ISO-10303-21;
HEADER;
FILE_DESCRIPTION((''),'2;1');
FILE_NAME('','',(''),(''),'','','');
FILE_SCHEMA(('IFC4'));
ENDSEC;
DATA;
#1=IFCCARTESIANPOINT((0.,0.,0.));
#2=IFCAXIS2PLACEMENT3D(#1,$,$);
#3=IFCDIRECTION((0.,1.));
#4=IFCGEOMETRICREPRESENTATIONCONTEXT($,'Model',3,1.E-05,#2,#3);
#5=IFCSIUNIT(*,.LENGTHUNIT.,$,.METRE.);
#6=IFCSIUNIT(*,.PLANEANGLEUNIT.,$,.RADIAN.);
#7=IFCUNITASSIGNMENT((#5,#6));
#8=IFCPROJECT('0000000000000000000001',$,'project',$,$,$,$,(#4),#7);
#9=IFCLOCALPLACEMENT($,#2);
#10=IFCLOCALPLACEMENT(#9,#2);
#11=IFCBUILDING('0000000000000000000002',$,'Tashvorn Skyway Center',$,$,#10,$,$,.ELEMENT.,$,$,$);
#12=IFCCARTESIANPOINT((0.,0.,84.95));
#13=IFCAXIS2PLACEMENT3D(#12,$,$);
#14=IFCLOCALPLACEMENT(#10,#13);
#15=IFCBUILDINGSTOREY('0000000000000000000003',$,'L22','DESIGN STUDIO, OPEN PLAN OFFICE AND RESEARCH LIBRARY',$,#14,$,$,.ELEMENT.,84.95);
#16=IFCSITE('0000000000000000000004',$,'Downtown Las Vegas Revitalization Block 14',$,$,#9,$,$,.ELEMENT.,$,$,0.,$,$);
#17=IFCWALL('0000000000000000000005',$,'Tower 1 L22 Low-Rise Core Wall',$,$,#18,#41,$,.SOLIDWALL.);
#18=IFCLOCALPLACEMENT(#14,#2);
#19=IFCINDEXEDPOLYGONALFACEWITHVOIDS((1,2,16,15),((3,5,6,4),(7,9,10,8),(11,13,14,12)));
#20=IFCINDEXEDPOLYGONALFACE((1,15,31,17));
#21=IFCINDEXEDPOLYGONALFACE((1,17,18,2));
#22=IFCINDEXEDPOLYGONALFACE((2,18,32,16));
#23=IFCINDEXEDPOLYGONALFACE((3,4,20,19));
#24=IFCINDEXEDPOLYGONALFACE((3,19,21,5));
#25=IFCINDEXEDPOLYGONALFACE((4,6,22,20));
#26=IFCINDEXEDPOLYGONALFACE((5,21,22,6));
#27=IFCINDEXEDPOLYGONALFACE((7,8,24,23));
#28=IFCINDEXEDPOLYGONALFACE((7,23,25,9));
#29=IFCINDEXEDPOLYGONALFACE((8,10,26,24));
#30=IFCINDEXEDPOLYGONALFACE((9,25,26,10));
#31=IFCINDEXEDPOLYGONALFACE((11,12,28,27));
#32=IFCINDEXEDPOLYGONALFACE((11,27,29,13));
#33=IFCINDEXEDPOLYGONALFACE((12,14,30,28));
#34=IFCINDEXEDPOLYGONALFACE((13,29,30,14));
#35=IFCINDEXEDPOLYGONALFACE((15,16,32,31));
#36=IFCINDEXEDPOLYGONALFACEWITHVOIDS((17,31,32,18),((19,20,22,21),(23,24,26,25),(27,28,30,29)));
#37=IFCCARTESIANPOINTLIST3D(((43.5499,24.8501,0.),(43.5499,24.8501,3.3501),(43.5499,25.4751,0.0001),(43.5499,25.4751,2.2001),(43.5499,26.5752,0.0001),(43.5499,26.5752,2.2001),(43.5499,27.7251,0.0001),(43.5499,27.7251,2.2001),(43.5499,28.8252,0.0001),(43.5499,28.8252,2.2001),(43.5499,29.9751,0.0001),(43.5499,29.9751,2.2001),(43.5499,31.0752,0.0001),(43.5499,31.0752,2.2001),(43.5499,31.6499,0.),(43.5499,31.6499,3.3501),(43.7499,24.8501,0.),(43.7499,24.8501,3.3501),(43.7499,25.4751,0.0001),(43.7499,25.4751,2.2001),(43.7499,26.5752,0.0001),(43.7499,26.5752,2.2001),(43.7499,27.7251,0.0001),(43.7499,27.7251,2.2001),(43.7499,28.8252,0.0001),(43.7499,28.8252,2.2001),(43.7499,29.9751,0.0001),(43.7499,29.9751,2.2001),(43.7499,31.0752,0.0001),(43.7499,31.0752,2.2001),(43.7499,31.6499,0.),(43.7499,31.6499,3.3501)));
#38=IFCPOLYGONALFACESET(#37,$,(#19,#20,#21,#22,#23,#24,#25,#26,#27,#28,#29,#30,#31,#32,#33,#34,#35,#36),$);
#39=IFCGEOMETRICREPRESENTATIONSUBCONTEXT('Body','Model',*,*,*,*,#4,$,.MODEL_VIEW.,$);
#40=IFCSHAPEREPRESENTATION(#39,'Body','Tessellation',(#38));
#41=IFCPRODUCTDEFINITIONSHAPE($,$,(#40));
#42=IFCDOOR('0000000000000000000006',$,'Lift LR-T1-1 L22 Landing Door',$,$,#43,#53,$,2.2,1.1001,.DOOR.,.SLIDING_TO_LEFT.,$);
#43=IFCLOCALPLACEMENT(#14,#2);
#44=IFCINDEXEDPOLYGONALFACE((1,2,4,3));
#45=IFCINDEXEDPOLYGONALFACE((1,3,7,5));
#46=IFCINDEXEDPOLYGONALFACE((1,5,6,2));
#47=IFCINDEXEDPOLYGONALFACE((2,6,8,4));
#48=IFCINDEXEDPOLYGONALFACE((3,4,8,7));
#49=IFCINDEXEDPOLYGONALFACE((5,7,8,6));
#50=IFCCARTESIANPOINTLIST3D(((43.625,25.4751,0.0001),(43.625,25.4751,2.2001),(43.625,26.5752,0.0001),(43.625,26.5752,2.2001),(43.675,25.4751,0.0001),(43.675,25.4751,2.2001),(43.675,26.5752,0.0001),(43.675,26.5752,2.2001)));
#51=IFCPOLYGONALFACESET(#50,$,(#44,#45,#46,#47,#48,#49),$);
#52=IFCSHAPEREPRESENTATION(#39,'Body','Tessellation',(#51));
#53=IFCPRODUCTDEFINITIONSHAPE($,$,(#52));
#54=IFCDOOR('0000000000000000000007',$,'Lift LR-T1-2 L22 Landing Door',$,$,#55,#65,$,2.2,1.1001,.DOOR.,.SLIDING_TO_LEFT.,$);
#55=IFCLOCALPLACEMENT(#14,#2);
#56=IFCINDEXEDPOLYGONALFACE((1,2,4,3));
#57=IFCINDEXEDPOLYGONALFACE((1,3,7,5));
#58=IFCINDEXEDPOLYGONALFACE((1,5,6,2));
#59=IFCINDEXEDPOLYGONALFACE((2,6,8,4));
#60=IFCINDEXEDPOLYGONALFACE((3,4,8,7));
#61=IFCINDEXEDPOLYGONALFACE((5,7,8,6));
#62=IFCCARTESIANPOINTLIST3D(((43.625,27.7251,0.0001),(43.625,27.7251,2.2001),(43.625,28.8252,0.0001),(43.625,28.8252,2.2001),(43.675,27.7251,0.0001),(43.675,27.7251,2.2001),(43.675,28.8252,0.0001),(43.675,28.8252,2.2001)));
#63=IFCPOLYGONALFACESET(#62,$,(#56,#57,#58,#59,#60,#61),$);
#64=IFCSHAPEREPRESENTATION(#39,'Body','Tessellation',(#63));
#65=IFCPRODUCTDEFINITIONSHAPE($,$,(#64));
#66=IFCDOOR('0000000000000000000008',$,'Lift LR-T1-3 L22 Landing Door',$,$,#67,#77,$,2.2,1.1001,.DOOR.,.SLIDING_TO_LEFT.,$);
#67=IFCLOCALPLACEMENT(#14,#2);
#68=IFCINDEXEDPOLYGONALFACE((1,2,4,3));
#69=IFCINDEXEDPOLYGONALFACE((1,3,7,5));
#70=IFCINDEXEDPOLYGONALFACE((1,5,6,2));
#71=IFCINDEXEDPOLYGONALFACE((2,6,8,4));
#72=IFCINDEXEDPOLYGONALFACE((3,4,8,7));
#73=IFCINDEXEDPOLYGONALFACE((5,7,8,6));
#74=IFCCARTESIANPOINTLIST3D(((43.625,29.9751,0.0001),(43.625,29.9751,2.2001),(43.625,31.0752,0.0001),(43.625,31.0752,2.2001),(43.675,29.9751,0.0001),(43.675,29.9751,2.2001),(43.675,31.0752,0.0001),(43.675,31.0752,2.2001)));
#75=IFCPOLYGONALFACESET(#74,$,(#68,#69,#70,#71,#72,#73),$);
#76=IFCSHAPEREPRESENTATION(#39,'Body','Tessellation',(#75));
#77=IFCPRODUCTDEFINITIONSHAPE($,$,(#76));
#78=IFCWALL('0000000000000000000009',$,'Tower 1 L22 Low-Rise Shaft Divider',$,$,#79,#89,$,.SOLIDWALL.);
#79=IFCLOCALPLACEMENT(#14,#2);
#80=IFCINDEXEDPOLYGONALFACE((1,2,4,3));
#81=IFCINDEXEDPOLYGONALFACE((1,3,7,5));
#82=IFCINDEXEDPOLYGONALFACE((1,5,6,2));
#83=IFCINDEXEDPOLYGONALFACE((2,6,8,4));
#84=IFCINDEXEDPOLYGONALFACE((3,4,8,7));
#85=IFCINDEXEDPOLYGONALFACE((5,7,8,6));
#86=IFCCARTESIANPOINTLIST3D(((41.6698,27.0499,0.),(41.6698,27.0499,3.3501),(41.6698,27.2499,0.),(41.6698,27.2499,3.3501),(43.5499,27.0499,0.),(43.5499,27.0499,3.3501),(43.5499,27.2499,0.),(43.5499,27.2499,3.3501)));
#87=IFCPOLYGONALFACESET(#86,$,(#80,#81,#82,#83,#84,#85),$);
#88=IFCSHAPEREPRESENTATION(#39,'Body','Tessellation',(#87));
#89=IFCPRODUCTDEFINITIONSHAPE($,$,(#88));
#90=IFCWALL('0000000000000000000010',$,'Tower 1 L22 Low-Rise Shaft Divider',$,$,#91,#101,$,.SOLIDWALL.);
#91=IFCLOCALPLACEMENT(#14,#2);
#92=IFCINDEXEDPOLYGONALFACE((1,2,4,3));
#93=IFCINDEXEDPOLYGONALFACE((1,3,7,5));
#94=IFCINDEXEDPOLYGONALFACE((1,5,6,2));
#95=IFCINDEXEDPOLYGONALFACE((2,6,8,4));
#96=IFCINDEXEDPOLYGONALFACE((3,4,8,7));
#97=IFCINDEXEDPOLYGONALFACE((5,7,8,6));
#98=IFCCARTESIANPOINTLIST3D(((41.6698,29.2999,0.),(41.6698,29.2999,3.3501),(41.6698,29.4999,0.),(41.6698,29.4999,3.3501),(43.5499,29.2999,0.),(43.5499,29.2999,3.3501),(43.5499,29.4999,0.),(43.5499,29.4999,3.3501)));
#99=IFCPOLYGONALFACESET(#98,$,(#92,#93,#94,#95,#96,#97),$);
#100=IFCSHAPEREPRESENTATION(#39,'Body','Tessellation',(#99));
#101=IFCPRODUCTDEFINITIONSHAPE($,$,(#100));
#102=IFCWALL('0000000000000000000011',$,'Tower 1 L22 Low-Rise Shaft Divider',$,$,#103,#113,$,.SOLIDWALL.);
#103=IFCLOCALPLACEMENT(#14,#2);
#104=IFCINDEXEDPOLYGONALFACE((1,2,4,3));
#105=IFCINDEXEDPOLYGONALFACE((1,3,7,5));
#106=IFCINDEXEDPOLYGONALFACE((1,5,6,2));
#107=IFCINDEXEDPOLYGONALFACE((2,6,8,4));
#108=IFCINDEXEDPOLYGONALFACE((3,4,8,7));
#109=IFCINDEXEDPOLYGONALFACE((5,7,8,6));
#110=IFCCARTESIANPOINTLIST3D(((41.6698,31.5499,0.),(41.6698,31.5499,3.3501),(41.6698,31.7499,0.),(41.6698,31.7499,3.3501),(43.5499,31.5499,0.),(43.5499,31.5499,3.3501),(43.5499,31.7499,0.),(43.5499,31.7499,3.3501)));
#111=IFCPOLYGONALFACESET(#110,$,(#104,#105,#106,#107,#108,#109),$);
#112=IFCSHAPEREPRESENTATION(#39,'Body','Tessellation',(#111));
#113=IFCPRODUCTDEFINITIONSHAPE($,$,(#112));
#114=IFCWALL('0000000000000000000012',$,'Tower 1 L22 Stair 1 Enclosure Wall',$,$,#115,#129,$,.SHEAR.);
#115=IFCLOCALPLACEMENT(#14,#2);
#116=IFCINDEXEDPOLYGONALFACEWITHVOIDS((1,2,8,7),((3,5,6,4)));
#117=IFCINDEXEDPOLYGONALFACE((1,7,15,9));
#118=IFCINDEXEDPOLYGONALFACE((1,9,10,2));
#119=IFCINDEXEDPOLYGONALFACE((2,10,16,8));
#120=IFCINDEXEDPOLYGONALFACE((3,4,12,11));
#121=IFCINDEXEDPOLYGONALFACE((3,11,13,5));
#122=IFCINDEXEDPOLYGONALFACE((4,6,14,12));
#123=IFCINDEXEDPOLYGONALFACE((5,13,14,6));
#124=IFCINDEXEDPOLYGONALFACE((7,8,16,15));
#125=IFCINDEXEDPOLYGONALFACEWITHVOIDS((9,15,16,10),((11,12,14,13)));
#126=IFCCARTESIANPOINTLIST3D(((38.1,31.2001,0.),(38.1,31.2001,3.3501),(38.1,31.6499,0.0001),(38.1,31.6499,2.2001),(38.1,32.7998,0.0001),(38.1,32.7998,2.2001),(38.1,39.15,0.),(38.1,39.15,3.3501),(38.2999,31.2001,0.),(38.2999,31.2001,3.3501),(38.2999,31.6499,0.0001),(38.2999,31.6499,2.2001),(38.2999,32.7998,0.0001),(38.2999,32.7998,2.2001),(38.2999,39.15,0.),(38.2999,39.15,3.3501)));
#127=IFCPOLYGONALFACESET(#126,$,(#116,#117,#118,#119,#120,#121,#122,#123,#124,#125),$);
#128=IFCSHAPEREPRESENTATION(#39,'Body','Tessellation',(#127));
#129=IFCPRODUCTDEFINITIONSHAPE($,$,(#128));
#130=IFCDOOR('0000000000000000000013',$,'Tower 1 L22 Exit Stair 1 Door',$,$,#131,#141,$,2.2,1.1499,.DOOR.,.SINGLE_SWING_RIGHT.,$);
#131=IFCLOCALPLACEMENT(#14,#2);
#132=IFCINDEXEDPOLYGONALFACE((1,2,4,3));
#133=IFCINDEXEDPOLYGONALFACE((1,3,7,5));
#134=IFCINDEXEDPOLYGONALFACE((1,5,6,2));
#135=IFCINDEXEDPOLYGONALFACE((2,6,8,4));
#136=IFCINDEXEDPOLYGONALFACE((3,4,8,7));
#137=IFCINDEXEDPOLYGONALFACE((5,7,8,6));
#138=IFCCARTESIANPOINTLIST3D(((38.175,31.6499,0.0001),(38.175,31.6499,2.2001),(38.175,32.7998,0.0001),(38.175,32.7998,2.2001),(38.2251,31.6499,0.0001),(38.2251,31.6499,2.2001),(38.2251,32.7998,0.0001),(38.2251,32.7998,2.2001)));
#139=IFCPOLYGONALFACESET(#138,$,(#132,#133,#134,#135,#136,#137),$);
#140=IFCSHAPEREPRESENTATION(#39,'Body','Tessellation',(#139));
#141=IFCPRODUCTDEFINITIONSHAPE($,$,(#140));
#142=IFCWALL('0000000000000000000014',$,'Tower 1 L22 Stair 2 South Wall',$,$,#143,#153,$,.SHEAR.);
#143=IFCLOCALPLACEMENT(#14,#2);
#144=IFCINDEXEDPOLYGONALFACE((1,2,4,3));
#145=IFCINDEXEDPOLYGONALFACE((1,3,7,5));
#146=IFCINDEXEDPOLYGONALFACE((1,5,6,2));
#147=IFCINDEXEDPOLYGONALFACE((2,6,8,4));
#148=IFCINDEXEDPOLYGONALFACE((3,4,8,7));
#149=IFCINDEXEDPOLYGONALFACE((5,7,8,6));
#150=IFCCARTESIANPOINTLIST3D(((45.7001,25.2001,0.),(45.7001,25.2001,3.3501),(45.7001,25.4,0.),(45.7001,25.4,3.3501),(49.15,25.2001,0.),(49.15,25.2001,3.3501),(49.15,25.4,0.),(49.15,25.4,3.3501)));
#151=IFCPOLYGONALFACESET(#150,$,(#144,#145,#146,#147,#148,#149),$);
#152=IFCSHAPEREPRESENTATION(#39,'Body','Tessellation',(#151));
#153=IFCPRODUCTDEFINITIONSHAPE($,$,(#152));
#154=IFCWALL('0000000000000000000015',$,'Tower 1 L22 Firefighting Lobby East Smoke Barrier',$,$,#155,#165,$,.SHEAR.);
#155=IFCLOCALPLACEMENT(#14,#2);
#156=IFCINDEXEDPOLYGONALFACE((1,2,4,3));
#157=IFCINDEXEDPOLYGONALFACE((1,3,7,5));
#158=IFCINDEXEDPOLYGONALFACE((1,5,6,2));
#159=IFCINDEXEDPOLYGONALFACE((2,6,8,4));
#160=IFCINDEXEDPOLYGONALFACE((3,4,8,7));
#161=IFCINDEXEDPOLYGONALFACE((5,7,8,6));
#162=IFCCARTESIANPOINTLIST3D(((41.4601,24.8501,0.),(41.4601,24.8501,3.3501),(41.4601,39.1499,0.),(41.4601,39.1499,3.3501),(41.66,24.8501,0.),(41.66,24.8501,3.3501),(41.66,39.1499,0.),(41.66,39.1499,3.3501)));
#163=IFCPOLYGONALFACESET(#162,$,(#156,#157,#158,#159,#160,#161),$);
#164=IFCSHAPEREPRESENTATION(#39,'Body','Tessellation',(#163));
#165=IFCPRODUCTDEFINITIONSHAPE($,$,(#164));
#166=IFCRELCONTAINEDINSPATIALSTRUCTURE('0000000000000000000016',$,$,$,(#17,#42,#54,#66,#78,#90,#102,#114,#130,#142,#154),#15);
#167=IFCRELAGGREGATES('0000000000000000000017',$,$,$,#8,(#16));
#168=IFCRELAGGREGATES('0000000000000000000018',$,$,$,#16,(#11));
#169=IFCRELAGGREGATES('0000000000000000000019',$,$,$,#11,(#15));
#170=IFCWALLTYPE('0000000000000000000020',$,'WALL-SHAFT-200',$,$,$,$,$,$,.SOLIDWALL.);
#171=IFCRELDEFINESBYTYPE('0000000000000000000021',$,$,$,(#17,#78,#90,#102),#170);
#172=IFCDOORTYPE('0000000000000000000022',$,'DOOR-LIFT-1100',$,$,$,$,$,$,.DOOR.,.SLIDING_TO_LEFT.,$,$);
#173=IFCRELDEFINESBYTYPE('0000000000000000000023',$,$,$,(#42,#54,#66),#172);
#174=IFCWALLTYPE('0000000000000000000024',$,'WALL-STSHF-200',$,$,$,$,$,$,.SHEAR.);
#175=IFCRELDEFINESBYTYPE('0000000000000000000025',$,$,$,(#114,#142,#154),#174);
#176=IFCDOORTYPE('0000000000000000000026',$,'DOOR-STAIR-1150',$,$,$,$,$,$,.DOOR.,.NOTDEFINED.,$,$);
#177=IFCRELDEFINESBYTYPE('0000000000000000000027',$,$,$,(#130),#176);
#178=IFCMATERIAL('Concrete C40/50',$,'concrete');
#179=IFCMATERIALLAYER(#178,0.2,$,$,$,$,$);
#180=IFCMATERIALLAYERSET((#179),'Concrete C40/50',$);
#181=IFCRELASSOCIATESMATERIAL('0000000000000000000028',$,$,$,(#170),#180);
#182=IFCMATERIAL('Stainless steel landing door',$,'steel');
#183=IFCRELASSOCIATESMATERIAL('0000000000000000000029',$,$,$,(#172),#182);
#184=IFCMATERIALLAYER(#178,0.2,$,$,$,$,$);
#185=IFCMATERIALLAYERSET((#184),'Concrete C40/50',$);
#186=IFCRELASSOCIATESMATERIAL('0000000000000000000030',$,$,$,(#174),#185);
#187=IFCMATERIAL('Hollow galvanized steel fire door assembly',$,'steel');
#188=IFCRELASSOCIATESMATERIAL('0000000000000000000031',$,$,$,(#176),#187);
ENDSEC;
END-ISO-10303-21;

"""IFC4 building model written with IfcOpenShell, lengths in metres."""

from ifc_helpers import new_model, si_unit, direction, frame, frame_2d, origin, place, context, subcontext, project, spatial, rectangle, extrude, material, layer, layer_set, type_object, element, fill, save


model = new_model("IFC4")

# Units and contexts
model_context = context("Model", 3, precision=1e-05, world=origin(), true_north=direction((0.0, 1.0)))
body_context = subcontext(model_context, "Body", "Model", "MODEL_VIEW")
ifc_project = project(units=[si_unit("LENGTHUNIT", "METRE"), si_unit("PLANEANGLEUNIT", "RADIAN")], contexts=[model_context])

# Site, building, storey
site_placement = place(None, origin())
site = spatial("IfcSite", under=ifc_project, at=site_placement, Name="Downtown Las Vegas Revitalization Block 14", CompositionType="ELEMENT", RefElevation=0.0)
building_placement = place(site_placement, origin())
building = spatial("IfcBuilding", under=site, at=building_placement, Name="Tashvorn Skyway Center", CompositionType="ELEMENT")
storey_placement = place(building_placement, frame((0.0, 0.0, 84.95)))
storey = spatial("IfcBuildingStorey", under=building, at=storey_placement, Name="L22", Description="DESIGN STUDIO, OPEN PLAN OFFICE AND RESEARCH LIBRARY", CompositionType="ELEMENT", Elevation=84.95)

# Shared definitions
ifc_material_1 = material(Name="Concrete C40/50", Category="concrete")
ifc_material_2 = material(Name="Hollow galvanized steel fire door assembly", Category="steel")

# Wall, openings, doors
ifc_layer_1 = layer(ifc_material_1, 0.2)
ifc_layer_set_1 = layer_set([ifc_layer_1], Name="Concrete C40/50")
wall_type_1 = type_object("IfcWallType", Name="WALL-SHAFT-200", PredefinedType="SOLIDWALL", material=ifc_layer_set_1)
wall_1_placement = place(storey_placement, frame((43.6499, 24.8501, 0.0), z_axis=(0.0, 0.0, 1.0), x_axis=(0.0, 1.0, 0.0)))
wall_1 = element("IfcWall", 1, at=wall_1_placement, inside=storey, type_object=wall_type_1, Name="Tower 1 L22 Low-Rise Core Wall", PredefinedType="SOLIDWALL", context=body_context, shape_type="SweptSolid", body=[
    extrude(rectangle(XDim=6.7998, YDim=0.2, at=frame_2d((3.3999, 0.0))), origin(), (0.0, 0.0, 1.0), 3.3501),
])
opening_1_placement = place(wall_1_placement, frame((0.625, 0.0, 0.0)))
opening_1 = element("IfcOpeningElement", 2, at=opening_1_placement, cuts=wall_1, PredefinedType="OPENING", context=body_context, shape_type="SweptSolid", body=[
    extrude(rectangle(XDim=1.1001, YDim=2.2, at=frame_2d((0.55, 1.1001))), frame((0.0, 0.1099, 0.0), z_axis=(0.0, -1.0, 0.0), x_axis=(1.0, 0.0, 0.0)), (0.0, 0.0, 1.0), 0.22),
])
opening_2_placement = place(wall_1_placement, frame((2.875, 0.0, 0.0)))
opening_2 = element("IfcOpeningElement", 3, at=opening_2_placement, cuts=wall_1, PredefinedType="OPENING", context=body_context, shape_type="SweptSolid", body=[
    extrude(rectangle(XDim=1.1001, YDim=2.2, at=frame_2d((0.55, 1.1001))), frame((0.0, 0.1099, 0.0), z_axis=(0.0, -1.0, 0.0), x_axis=(1.0, 0.0, 0.0)), (0.0, 0.0, 1.0), 0.22),
])
opening_3_placement = place(wall_1_placement, frame((5.125, 0.0, 0.0)))
opening_3 = element("IfcOpeningElement", 4, at=opening_3_placement, cuts=wall_1, PredefinedType="OPENING", context=body_context, shape_type="SweptSolid", body=[
    extrude(rectangle(XDim=1.1001, YDim=2.2, at=frame_2d((0.55, 1.1001))), frame((0.0, 0.1099, 0.0), z_axis=(0.0, -1.0, 0.0), x_axis=(1.0, 0.0, 0.0)), (0.0, 0.0, 1.0), 0.22),
])
ifc_material_3 = material(Name="Stainless steel landing door", Category="steel")
door_type_1 = type_object("IfcDoorType", Name="DOOR-LIFT-1100", OperationType="SLIDING_TO_LEFT", PredefinedType="DOOR", material=ifc_material_3)
door_1_placement = place(opening_1_placement, origin())
door_1 = element("IfcDoor", 5, at=door_1_placement, inside=storey, type_object=door_type_1, Name="Lift LR-T1-1 L22 Landing Door", OperationType="SLIDING_TO_LEFT", OverallHeight=2.2, OverallWidth=1.1001, PredefinedType="DOOR", context=body_context, shape_type="SweptSolid", body=[
    extrude(rectangle(XDim=1.1001, YDim=2.2, at=frame_2d((0.55, 1.1001))), frame((0.0, 0.0249, 0.0), z_axis=(0.0, -1.0, 0.0), x_axis=(1.0, 0.0, 0.0)), (0.0, 0.0, 1.0), 0.05),
])
fill(opening_1, door_1)
door_2_placement = place(opening_2_placement, origin())
door_2 = element("IfcDoor", 6, at=door_2_placement, inside=storey, type_object=door_type_1, Name="Lift LR-T1-2 L22 Landing Door", OperationType="SLIDING_TO_LEFT", OverallHeight=2.2, OverallWidth=1.1001, PredefinedType="DOOR", context=body_context, shape_type="SweptSolid", body=[
    extrude(rectangle(XDim=1.1001, YDim=2.2, at=frame_2d((0.55, 1.1001))), frame((0.0, 0.0249, 0.0), z_axis=(0.0, -1.0, 0.0), x_axis=(1.0, 0.0, 0.0)), (0.0, 0.0, 1.0), 0.05),
])
fill(opening_2, door_2)
door_3_placement = place(opening_3_placement, origin())
door_3 = element("IfcDoor", 7, at=door_3_placement, inside=storey, type_object=door_type_1, Name="Lift LR-T1-3 L22 Landing Door", OperationType="SLIDING_TO_LEFT", OverallHeight=2.2, OverallWidth=1.1001, PredefinedType="DOOR", context=body_context, shape_type="SweptSolid", body=[
    extrude(rectangle(XDim=1.1001, YDim=2.2, at=frame_2d((0.55, 1.1001))), frame((0.0, 0.0249, 0.0), z_axis=(0.0, -1.0, 0.0), x_axis=(1.0, 0.0, 0.0)), (0.0, 0.0, 1.0), 0.05),
])
fill(opening_3, door_3)

# Walls
for number, where, z_axis, x_axis, name in (
    (8, (41.6699, 27.1499, 0.0), (0.0, 0.0, 1.0), (1.0, 0.0, 0.0), "Tower 1 L22 Low-Rise Shaft Divider"),
    (9, (41.6699, 29.3999, 0.0), (0.0, 0.0, 1.0), (1.0, 0.0, 0.0), "Tower 1 L22 Low-Rise Shaft Divider"),
    (10, (41.6699, 31.6499, 0.0), (0.0, 0.0, 1.0), (1.0, 0.0, 0.0), "Tower 1 L22 Low-Rise Shaft Divider"),
):
    element("IfcWall", number, at=place(storey_placement, frame(where, z_axis=z_axis, x_axis=x_axis)), inside=storey, type_object=wall_type_1, Name=name, PredefinedType="SOLIDWALL", context=body_context, shape_type="SweptSolid", body=[
        extrude(rectangle(XDim=1.8801, YDim=0.2, at=frame_2d((0.9399, 0.0))), origin(), (0.0, 0.0, 1.0), 3.3501),
    ])

# Wall, opening, door
ifc_layer_2 = layer(ifc_material_1, 0.2)
ifc_layer_set_2 = layer_set([ifc_layer_2], Name="Concrete C40/50")
wall_type_2 = type_object("IfcWallType", Name="WALL-STSHF-200", PredefinedType="SHEAR", material=ifc_layer_set_2)
wall_2_placement = place(storey_placement, frame((38.2, 31.2, 0.0), z_axis=(0.0, 0.0, 1.0), x_axis=(0.0, 1.0, 0.0)))
wall_2 = element("IfcWall", 11, at=wall_2_placement, inside=storey, type_object=wall_type_2, Name="Tower 1 L22 Stair 1 Enclosure Wall", PredefinedType="SHEAR", context=body_context, shape_type="SweptSolid", body=[
    extrude(rectangle(XDim=7.95, YDim=0.2, at=frame_2d((3.9751, 0.0))), origin(), (0.0, 0.0, 1.0), 3.3501),
])
opening_4_placement = place(wall_2_placement, frame((0.45, 0.0, 0.0)))
opening_4 = element("IfcOpeningElement", 12, at=opening_4_placement, cuts=wall_2, PredefinedType="OPENING", context=body_context, shape_type="SweptSolid", body=[
    extrude(rectangle(XDim=1.1499, YDim=2.2, at=frame_2d((0.575, 1.1001))), frame((0.0, 0.1099, 0.0), z_axis=(0.0, -1.0, 0.0), x_axis=(1.0, 0.0, 0.0)), (0.0, 0.0, 1.0), 0.22),
])
door_type_2 = type_object("IfcDoorType", Name="DOOR-STAIR-1150", OperationType="NOTDEFINED", PredefinedType="DOOR", material=ifc_material_2)
door_4_placement = place(opening_4_placement, origin())
door_4 = element("IfcDoor", 13, at=door_4_placement, inside=storey, type_object=door_type_2, Name="Tower 1 L22 Exit Stair 1 Door", OperationType="SINGLE_SWING_RIGHT", OverallHeight=2.2, OverallWidth=1.1499, PredefinedType="DOOR", context=body_context, shape_type="SweptSolid", body=[
    extrude(rectangle(XDim=1.1499, YDim=2.2, at=frame_2d((0.575, 1.1001))), frame((0.0, 0.0249, 0.0), z_axis=(0.0, -1.0, 0.0), x_axis=(1.0, 0.0, 0.0)), (0.0, 0.0, 1.0), 0.05),
])
fill(opening_4, door_4)

# Walls
wall_3_placement = place(storey_placement, frame((45.7, 25.3, 0.0), z_axis=(0.0, 0.0, 1.0), x_axis=(1.0, 0.0, 0.0)))
element("IfcWall", 14, at=wall_3_placement, inside=storey, type_object=wall_type_2, Name="Tower 1 L22 Stair 2 South Wall", PredefinedType="SHEAR", context=body_context, shape_type="SweptSolid", body=[
    extrude(rectangle(XDim=3.45, YDim=0.2, at=frame_2d((1.7251, 0.0))), origin(), (0.0, 0.0, 1.0), 3.3501),
])
wall_4_placement = place(storey_placement, frame((41.5601, 24.8501, 0.0), z_axis=(0.0, 0.0, 1.0), x_axis=(0.0, 1.0, 0.0)))
element("IfcWall", 15, at=wall_4_placement, inside=storey, type_object=wall_type_2, Name="Tower 1 L22 Firefighting Lobby East Smoke Barrier", PredefinedType="SHEAR", context=body_context, shape_type="SweptSolid", body=[
    extrude(rectangle(XDim=14.2998, YDim=0.2, at=frame_2d((7.1499, 0.0))), origin(), (0.0, 0.0, 1.0), 3.3501),
])

save(model, "model.ifc")
